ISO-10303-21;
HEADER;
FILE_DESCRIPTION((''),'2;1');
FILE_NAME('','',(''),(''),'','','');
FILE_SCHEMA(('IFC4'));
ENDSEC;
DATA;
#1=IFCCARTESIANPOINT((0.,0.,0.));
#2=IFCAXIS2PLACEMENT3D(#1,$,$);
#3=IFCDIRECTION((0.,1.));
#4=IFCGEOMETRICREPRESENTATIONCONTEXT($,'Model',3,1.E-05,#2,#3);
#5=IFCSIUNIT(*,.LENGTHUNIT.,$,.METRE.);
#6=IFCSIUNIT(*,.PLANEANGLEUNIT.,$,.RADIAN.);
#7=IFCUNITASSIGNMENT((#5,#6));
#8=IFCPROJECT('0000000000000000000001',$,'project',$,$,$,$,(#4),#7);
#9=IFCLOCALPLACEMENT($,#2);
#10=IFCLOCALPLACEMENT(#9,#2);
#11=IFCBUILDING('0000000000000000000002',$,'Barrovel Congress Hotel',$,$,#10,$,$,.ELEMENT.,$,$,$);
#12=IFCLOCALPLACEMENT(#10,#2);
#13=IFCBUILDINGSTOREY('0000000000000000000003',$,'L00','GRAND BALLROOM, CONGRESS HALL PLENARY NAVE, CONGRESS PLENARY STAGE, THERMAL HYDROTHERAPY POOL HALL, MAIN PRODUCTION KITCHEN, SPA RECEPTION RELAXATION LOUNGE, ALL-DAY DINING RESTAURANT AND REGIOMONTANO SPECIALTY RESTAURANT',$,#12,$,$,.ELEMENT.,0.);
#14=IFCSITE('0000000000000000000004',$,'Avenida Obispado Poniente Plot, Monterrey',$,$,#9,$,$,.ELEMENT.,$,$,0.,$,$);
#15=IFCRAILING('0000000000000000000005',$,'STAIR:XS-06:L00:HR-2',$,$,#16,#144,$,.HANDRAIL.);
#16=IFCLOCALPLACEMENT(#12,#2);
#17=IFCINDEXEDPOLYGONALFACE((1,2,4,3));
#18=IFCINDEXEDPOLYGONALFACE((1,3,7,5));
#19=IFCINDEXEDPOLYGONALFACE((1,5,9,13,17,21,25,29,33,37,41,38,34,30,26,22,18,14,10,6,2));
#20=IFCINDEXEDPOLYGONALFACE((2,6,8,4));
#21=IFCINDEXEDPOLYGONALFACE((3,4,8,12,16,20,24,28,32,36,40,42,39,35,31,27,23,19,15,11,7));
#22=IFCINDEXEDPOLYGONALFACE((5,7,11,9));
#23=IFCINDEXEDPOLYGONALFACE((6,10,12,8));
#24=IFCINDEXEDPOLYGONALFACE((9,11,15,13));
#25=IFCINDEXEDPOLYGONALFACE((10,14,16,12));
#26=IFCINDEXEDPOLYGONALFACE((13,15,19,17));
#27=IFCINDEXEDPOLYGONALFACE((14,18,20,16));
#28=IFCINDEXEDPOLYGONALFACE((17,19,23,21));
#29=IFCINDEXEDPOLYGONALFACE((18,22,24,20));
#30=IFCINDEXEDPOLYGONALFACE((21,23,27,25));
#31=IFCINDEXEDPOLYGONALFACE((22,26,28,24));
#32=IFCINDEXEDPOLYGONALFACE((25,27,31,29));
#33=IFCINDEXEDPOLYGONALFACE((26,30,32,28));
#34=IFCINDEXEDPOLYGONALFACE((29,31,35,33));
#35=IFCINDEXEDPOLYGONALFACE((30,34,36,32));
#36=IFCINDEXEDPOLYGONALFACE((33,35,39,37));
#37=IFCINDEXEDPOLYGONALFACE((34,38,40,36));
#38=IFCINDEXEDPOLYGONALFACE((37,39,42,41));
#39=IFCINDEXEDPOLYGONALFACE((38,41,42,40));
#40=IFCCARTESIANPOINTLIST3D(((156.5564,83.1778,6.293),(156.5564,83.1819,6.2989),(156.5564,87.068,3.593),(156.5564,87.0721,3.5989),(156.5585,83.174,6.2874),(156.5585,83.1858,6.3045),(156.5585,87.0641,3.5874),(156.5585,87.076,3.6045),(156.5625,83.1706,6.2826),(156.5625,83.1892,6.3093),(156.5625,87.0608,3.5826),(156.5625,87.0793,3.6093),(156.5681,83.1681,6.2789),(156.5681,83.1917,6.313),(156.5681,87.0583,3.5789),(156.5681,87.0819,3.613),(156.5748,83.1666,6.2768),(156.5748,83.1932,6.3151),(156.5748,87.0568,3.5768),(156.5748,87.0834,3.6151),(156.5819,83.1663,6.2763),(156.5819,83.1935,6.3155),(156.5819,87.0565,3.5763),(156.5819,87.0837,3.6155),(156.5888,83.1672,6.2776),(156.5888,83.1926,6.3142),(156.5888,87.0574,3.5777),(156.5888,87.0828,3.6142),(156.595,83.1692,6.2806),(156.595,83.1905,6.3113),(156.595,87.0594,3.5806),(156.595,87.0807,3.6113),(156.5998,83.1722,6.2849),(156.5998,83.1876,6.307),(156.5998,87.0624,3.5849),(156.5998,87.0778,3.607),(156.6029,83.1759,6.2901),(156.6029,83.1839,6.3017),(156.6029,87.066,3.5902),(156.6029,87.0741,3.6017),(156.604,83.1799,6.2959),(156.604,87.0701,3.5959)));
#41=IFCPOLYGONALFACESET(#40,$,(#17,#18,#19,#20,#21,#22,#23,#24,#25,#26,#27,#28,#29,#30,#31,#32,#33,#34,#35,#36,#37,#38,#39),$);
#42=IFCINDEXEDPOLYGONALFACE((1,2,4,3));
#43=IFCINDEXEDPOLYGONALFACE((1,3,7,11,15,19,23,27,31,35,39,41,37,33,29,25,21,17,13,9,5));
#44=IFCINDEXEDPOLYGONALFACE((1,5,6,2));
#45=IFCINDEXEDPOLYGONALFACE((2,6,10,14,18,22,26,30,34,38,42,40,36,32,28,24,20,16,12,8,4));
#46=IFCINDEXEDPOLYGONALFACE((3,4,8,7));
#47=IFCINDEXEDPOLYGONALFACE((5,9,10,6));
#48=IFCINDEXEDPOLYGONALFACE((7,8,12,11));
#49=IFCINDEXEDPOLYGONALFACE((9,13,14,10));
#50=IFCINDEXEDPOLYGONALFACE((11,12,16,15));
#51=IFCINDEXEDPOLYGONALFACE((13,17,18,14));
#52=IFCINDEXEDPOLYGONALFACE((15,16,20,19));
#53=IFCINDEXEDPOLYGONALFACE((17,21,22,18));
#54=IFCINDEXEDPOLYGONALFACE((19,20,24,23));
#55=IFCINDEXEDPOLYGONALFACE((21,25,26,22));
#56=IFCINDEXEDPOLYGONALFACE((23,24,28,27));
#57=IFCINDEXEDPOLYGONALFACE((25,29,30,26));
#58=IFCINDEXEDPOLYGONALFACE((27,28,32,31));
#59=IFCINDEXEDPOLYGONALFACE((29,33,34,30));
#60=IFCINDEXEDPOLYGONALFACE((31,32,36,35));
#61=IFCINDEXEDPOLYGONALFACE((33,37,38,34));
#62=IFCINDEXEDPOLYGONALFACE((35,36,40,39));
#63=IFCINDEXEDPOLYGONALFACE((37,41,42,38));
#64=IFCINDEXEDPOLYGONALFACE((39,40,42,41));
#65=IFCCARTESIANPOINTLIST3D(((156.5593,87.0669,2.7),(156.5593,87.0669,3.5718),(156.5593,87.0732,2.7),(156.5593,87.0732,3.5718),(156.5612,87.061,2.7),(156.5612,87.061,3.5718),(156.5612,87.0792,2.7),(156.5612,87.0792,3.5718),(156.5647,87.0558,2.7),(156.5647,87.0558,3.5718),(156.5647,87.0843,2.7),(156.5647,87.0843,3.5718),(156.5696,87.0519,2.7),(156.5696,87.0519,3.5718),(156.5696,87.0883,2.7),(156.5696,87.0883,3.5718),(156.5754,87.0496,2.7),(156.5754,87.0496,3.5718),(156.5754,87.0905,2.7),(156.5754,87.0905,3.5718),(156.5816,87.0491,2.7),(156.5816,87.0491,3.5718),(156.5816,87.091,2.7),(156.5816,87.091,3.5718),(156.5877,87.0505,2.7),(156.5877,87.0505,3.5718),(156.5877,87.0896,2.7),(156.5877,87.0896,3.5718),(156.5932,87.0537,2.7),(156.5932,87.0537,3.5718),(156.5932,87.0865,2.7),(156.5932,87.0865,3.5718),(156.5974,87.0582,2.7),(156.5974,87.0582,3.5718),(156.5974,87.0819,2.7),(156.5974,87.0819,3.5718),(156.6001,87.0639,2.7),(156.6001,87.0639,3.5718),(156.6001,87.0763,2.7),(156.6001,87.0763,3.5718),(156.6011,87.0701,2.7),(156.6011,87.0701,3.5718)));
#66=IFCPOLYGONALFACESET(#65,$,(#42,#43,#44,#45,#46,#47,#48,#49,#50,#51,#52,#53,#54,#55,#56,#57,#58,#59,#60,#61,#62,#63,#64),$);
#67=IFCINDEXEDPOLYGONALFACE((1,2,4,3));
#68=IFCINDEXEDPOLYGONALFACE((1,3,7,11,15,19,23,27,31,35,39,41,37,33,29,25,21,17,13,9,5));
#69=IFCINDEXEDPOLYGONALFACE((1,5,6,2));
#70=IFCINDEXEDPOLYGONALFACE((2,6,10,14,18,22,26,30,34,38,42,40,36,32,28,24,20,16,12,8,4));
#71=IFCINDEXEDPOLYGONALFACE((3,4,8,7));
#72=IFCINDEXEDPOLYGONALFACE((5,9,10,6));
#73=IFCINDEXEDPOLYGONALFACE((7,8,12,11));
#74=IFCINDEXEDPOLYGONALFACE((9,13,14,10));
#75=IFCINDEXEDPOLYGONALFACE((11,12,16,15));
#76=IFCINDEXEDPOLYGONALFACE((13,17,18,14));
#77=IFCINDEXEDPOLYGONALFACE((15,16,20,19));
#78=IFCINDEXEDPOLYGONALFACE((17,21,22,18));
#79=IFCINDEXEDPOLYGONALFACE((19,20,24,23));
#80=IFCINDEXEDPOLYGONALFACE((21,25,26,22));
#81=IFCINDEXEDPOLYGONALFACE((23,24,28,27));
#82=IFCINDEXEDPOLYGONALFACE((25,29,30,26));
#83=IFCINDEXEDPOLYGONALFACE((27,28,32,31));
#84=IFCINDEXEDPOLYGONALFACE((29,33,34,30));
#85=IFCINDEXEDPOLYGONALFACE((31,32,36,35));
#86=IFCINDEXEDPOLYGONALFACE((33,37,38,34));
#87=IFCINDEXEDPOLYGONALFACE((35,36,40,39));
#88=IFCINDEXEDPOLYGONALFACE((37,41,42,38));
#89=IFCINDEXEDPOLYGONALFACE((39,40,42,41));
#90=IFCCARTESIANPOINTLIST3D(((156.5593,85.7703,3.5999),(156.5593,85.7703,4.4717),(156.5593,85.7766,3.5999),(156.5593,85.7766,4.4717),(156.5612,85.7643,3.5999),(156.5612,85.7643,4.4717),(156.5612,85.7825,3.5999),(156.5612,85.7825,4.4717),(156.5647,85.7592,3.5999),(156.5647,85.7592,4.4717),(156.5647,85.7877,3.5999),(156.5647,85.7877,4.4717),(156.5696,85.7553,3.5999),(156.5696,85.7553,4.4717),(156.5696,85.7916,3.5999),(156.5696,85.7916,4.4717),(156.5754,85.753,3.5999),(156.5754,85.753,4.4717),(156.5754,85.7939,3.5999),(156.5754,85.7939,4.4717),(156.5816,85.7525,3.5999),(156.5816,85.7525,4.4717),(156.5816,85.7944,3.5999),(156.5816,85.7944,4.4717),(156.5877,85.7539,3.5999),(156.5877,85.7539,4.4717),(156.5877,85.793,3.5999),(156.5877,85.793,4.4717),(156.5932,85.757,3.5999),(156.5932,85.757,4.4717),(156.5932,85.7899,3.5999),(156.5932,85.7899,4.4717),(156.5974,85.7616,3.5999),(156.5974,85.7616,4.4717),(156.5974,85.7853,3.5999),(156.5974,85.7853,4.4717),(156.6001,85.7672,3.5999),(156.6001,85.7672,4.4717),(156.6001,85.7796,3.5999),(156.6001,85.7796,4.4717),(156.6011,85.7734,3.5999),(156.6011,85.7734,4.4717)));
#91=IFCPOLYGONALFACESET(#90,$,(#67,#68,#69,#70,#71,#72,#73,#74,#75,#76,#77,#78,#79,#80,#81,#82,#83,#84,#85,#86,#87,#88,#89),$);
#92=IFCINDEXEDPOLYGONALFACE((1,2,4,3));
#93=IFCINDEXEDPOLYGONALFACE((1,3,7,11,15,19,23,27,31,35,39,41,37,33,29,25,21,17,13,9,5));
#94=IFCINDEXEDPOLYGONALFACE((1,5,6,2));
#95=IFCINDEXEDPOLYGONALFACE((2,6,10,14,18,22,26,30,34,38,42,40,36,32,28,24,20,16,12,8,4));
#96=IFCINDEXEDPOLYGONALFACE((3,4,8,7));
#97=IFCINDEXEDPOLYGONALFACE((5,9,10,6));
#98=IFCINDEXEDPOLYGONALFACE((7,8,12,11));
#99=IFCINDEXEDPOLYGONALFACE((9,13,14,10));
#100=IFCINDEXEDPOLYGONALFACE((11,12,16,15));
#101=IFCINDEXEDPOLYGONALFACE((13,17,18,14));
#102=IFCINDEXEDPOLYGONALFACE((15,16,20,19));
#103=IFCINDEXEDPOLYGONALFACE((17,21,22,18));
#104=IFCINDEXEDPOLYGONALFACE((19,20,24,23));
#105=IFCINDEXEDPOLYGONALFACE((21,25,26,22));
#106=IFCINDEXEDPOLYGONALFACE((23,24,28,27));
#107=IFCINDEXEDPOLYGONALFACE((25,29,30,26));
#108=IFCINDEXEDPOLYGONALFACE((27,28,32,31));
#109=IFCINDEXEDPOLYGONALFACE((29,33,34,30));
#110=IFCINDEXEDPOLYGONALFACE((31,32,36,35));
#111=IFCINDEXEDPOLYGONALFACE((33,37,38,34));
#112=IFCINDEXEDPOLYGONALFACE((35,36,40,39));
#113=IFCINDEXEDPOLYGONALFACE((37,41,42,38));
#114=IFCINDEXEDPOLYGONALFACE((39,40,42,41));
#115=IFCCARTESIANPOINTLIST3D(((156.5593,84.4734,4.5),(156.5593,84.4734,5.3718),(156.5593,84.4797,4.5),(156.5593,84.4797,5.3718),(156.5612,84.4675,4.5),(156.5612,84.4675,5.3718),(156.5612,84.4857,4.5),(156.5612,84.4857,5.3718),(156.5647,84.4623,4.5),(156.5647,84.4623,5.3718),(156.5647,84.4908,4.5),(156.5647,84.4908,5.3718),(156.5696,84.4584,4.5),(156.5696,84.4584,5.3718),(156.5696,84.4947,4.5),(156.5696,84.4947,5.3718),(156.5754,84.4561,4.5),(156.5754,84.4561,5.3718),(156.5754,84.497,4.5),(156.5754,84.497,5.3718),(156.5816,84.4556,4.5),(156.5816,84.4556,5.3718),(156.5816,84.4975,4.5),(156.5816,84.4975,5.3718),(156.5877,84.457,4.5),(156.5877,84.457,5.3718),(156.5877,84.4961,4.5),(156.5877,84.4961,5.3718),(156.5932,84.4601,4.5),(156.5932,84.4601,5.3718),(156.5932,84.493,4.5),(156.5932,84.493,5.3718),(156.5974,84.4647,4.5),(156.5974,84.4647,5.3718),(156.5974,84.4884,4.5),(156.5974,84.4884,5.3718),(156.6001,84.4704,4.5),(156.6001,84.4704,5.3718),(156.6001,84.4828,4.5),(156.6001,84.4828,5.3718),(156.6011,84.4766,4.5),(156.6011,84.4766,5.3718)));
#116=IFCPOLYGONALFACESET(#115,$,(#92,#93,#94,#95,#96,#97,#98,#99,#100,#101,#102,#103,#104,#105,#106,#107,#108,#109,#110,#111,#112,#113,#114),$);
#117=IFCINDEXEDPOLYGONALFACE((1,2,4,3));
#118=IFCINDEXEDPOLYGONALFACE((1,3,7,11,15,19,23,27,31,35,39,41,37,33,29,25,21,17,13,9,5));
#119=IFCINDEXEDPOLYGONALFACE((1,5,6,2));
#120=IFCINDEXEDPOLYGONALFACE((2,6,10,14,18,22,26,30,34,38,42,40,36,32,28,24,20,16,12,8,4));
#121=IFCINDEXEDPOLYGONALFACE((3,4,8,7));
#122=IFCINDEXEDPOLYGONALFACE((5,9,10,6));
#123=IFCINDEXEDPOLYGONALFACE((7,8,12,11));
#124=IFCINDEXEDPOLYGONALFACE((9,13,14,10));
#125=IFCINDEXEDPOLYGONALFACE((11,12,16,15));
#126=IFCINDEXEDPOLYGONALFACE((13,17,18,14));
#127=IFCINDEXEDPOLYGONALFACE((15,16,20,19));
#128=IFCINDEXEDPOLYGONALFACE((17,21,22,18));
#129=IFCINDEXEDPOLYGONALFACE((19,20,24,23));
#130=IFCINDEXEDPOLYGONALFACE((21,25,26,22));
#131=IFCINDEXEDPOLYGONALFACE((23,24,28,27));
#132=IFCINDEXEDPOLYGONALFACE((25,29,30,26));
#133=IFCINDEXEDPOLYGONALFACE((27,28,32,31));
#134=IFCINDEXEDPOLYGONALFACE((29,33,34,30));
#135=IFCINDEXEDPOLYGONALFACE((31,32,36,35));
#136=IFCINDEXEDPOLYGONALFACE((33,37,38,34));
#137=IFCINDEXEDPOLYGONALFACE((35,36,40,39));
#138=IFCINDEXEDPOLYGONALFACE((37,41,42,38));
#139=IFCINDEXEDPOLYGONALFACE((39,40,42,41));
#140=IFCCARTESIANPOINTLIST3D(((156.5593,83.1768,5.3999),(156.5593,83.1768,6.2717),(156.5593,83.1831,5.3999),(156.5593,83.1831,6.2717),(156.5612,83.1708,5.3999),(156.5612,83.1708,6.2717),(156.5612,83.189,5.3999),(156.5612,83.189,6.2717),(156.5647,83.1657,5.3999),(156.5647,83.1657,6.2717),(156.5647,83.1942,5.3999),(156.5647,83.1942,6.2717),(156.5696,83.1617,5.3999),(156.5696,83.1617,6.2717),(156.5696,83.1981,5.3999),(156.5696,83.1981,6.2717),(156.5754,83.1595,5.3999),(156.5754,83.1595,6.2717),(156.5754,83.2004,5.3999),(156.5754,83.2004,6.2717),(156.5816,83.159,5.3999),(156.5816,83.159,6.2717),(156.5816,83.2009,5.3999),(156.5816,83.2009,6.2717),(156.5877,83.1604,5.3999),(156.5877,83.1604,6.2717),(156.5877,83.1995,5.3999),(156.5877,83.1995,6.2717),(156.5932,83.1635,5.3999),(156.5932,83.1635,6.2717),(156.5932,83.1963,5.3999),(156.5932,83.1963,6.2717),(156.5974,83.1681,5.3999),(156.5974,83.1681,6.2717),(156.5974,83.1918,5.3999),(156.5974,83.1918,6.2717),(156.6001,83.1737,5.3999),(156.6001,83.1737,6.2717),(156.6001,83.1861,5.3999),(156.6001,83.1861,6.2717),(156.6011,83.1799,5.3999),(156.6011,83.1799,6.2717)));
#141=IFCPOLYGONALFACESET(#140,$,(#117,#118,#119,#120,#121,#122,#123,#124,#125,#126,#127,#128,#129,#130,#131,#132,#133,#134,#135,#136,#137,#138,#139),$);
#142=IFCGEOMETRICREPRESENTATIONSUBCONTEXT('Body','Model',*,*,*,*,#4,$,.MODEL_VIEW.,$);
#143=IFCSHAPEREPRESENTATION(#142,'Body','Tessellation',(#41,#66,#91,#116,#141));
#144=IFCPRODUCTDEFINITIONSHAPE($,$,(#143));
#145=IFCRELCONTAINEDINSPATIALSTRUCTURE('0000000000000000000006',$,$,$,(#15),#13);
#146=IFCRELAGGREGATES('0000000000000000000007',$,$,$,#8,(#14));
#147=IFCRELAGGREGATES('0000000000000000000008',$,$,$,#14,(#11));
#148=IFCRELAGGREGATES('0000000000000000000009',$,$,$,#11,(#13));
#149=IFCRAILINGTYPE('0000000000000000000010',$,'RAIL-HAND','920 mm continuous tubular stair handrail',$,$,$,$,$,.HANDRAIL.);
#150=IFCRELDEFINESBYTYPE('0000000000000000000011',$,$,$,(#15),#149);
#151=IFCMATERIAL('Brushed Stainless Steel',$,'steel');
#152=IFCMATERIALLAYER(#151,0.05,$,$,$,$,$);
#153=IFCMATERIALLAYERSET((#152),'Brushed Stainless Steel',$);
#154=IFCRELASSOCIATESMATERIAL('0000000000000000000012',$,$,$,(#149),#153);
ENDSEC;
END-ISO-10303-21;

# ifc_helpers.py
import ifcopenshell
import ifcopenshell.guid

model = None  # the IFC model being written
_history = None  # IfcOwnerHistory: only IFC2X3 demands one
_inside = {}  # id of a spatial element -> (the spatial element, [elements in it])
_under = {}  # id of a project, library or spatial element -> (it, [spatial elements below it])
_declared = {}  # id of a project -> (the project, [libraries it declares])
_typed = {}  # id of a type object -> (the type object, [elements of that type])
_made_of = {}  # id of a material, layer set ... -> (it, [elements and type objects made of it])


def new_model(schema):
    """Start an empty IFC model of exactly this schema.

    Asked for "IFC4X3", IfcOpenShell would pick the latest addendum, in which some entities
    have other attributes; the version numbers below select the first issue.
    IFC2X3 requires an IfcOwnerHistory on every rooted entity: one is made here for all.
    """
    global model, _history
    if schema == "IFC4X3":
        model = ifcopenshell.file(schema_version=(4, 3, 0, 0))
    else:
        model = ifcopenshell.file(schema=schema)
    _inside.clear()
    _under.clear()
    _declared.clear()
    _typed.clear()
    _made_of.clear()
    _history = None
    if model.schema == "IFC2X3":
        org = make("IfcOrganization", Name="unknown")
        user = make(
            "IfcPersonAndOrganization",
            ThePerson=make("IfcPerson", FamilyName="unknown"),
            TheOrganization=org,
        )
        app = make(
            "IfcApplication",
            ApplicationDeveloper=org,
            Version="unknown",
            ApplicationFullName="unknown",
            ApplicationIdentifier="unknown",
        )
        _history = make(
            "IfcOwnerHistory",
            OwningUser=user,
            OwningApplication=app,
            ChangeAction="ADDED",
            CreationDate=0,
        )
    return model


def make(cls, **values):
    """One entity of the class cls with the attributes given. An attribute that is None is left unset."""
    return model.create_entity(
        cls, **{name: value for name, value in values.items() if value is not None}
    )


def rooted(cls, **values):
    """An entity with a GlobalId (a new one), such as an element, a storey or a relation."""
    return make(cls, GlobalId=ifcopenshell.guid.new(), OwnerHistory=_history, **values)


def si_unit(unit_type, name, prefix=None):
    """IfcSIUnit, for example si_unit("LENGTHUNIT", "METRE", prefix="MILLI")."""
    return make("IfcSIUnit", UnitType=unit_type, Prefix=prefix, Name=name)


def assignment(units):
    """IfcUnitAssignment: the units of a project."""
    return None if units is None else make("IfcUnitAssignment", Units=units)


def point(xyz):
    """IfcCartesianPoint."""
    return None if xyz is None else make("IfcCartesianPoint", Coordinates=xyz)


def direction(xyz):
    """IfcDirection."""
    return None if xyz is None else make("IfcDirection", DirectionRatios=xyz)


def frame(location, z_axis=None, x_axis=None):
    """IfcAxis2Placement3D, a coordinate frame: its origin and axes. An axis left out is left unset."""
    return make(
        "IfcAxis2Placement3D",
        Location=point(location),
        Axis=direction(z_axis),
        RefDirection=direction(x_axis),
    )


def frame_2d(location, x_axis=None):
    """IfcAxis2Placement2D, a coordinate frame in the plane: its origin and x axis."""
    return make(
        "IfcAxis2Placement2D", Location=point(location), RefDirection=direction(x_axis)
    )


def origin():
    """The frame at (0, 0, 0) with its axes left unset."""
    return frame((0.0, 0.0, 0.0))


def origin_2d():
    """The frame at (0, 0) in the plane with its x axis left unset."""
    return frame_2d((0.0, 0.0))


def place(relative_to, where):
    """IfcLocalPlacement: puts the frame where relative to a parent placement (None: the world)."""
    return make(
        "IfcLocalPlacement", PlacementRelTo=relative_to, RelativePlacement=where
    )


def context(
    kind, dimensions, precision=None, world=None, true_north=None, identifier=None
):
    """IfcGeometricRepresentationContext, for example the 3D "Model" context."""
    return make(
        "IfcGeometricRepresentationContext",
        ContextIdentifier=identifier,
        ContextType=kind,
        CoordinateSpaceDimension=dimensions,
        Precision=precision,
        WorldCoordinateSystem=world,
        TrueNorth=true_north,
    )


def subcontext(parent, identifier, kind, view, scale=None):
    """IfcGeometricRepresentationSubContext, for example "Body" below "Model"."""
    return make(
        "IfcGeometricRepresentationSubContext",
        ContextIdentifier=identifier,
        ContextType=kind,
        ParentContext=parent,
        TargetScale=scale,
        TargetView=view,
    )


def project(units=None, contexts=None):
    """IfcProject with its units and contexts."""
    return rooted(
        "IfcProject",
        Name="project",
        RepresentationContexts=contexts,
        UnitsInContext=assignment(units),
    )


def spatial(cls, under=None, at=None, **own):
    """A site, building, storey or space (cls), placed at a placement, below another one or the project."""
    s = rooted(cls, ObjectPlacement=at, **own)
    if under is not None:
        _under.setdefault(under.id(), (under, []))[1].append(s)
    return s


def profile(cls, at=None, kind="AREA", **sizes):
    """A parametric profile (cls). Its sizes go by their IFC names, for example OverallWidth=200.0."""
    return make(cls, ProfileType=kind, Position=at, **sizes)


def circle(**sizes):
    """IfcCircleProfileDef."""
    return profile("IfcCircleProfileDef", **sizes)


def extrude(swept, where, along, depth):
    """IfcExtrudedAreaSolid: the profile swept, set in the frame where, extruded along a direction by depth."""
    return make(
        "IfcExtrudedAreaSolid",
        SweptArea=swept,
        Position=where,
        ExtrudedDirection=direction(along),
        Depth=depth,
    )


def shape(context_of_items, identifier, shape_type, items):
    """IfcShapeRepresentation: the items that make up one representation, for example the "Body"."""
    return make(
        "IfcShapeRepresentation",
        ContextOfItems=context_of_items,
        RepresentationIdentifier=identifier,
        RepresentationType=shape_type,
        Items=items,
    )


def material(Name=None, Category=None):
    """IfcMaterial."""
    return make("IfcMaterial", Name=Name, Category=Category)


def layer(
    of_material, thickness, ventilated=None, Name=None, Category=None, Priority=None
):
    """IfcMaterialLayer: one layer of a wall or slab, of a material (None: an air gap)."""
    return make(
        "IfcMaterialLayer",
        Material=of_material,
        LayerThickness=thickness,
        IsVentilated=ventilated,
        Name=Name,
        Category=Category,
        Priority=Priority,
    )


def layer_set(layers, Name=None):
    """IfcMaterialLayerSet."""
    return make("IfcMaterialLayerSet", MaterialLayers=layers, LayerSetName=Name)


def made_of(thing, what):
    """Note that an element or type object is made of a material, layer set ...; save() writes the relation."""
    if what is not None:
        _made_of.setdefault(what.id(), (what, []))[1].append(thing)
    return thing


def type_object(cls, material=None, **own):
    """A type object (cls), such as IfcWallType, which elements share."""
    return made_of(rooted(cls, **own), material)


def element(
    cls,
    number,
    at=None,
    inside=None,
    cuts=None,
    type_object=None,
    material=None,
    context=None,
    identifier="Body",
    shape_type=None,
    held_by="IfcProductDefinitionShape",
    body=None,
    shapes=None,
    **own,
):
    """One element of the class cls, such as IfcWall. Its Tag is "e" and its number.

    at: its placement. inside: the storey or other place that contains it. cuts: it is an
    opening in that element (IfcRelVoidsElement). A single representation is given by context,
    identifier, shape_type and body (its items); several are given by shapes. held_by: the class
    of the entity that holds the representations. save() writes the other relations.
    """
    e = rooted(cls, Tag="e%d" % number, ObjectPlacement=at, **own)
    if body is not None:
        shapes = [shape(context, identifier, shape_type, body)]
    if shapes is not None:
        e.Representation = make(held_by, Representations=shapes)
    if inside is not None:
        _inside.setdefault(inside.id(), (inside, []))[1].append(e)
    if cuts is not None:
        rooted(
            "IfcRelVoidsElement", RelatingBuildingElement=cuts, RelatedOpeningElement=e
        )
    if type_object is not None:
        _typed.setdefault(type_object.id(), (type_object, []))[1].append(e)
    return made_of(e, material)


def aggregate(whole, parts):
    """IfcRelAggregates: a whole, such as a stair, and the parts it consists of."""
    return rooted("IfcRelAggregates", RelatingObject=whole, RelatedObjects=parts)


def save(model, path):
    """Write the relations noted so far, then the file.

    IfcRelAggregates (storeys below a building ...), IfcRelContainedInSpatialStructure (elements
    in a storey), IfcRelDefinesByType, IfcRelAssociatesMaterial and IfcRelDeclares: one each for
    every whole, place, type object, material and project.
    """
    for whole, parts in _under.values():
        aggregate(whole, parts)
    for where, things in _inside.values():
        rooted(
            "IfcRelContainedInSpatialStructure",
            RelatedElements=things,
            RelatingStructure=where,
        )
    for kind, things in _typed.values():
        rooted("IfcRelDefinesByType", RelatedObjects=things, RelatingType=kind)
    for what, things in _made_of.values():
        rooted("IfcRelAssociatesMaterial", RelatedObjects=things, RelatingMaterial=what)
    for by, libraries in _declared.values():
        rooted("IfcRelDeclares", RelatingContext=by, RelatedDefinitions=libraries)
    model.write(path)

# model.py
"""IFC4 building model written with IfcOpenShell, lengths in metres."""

from ifc_helpers import new_model, si_unit, direction, frame, origin, origin_2d, place, context, subcontext, project, spatial, circle, extrude, material, layer, layer_set, type_object, element, save


model = new_model("IFC4")

# Units and contexts
model_context = context("Model", 3, precision=1e-05, world=origin(), true_north=direction((0.0, 1.0)))
body_context = subcontext(model_context, "Body", "Model", "MODEL_VIEW")
ifc_project = project(units=[si_unit("LENGTHUNIT", "METRE"), si_unit("PLANEANGLEUNIT", "RADIAN")], contexts=[model_context])

# Site, building, storey
site_placement = place(None, origin())
site = spatial("IfcSite", under=ifc_project, at=site_placement, Name="Avenida Obispado Poniente Plot, Monterrey", CompositionType="ELEMENT", RefElevation=0.0)
building_placement = place(site_placement, origin())
building = spatial("IfcBuilding", under=site, at=building_placement, Name="Barrovel Congress Hotel", CompositionType="ELEMENT")
storey_placement = place(building_placement, origin())
storey = spatial("IfcBuildingStorey", under=building, at=storey_placement, Name="L00", Description="GRAND BALLROOM, CONGRESS HALL PLENARY NAVE, CONGRESS PLENARY STAGE, THERMAL HYDROTHERAPY POOL HALL, MAIN PRODUCTION KITCHEN, SPA RECEPTION RELAXATION LOUNGE, ALL-DAY DINING RESTAURANT AND REGIOMONTANO SPECIALTY RESTAURANT", CompositionType="ELEMENT", Elevation=0.0)

# Railing
ifc_material_1 = material(Name="Brushed Stainless Steel", Category="steel")
ifc_layer_1 = layer(ifc_material_1, 0.05)
ifc_layer_set_1 = layer_set([ifc_layer_1], Name="Brushed Stainless Steel")
railing_type_1 = type_object("IfcRailingType", Name="RAIL-HAND", Description="920 mm continuous tubular stair handrail", PredefinedType="HANDRAIL", material=ifc_layer_set_1)
railing_1_placement = place(storey_placement, frame((156.5801, 87.0701, 2.7)))
element("IfcRailing", 1, at=railing_1_placement, inside=storey, type_object=railing_type_1, Name="STAIR:XS-06:L00:HR-2", PredefinedType="HANDRAIL", context=body_context, shape_type="SweptSolid", body=[
    extrude(circle(Radius=0.0239, at=origin_2d()), frame((0.0, 0.0, 0.896), z_axis=(0.0, -0.821522, 0.570177), x_axis=(1.0, 0.0, 0.0)), (0.0, 0.0, 1.0), 4.7354),
    extrude(circle(Radius=0.021, at=origin_2d()), origin(), (0.0, 0.0, 1.0), 0.8718),
    extrude(circle(Radius=0.021, at=origin_2d()), frame((0.0, -1.2966, 0.8999)), (0.0, 0.0, 1.0), 0.8718),
    extrude(circle(Radius=0.021, at=origin_2d()), frame((0.0, -2.5935, 1.8)), (0.0, 0.0, 1.0), 0.8718),
    extrude(circle(Radius=0.021, at=origin_2d()), frame((0.0, -3.8901, 2.7)), (0.0, 0.0, 1.0), 0.8718),
])

save(model, "model.ifc")
